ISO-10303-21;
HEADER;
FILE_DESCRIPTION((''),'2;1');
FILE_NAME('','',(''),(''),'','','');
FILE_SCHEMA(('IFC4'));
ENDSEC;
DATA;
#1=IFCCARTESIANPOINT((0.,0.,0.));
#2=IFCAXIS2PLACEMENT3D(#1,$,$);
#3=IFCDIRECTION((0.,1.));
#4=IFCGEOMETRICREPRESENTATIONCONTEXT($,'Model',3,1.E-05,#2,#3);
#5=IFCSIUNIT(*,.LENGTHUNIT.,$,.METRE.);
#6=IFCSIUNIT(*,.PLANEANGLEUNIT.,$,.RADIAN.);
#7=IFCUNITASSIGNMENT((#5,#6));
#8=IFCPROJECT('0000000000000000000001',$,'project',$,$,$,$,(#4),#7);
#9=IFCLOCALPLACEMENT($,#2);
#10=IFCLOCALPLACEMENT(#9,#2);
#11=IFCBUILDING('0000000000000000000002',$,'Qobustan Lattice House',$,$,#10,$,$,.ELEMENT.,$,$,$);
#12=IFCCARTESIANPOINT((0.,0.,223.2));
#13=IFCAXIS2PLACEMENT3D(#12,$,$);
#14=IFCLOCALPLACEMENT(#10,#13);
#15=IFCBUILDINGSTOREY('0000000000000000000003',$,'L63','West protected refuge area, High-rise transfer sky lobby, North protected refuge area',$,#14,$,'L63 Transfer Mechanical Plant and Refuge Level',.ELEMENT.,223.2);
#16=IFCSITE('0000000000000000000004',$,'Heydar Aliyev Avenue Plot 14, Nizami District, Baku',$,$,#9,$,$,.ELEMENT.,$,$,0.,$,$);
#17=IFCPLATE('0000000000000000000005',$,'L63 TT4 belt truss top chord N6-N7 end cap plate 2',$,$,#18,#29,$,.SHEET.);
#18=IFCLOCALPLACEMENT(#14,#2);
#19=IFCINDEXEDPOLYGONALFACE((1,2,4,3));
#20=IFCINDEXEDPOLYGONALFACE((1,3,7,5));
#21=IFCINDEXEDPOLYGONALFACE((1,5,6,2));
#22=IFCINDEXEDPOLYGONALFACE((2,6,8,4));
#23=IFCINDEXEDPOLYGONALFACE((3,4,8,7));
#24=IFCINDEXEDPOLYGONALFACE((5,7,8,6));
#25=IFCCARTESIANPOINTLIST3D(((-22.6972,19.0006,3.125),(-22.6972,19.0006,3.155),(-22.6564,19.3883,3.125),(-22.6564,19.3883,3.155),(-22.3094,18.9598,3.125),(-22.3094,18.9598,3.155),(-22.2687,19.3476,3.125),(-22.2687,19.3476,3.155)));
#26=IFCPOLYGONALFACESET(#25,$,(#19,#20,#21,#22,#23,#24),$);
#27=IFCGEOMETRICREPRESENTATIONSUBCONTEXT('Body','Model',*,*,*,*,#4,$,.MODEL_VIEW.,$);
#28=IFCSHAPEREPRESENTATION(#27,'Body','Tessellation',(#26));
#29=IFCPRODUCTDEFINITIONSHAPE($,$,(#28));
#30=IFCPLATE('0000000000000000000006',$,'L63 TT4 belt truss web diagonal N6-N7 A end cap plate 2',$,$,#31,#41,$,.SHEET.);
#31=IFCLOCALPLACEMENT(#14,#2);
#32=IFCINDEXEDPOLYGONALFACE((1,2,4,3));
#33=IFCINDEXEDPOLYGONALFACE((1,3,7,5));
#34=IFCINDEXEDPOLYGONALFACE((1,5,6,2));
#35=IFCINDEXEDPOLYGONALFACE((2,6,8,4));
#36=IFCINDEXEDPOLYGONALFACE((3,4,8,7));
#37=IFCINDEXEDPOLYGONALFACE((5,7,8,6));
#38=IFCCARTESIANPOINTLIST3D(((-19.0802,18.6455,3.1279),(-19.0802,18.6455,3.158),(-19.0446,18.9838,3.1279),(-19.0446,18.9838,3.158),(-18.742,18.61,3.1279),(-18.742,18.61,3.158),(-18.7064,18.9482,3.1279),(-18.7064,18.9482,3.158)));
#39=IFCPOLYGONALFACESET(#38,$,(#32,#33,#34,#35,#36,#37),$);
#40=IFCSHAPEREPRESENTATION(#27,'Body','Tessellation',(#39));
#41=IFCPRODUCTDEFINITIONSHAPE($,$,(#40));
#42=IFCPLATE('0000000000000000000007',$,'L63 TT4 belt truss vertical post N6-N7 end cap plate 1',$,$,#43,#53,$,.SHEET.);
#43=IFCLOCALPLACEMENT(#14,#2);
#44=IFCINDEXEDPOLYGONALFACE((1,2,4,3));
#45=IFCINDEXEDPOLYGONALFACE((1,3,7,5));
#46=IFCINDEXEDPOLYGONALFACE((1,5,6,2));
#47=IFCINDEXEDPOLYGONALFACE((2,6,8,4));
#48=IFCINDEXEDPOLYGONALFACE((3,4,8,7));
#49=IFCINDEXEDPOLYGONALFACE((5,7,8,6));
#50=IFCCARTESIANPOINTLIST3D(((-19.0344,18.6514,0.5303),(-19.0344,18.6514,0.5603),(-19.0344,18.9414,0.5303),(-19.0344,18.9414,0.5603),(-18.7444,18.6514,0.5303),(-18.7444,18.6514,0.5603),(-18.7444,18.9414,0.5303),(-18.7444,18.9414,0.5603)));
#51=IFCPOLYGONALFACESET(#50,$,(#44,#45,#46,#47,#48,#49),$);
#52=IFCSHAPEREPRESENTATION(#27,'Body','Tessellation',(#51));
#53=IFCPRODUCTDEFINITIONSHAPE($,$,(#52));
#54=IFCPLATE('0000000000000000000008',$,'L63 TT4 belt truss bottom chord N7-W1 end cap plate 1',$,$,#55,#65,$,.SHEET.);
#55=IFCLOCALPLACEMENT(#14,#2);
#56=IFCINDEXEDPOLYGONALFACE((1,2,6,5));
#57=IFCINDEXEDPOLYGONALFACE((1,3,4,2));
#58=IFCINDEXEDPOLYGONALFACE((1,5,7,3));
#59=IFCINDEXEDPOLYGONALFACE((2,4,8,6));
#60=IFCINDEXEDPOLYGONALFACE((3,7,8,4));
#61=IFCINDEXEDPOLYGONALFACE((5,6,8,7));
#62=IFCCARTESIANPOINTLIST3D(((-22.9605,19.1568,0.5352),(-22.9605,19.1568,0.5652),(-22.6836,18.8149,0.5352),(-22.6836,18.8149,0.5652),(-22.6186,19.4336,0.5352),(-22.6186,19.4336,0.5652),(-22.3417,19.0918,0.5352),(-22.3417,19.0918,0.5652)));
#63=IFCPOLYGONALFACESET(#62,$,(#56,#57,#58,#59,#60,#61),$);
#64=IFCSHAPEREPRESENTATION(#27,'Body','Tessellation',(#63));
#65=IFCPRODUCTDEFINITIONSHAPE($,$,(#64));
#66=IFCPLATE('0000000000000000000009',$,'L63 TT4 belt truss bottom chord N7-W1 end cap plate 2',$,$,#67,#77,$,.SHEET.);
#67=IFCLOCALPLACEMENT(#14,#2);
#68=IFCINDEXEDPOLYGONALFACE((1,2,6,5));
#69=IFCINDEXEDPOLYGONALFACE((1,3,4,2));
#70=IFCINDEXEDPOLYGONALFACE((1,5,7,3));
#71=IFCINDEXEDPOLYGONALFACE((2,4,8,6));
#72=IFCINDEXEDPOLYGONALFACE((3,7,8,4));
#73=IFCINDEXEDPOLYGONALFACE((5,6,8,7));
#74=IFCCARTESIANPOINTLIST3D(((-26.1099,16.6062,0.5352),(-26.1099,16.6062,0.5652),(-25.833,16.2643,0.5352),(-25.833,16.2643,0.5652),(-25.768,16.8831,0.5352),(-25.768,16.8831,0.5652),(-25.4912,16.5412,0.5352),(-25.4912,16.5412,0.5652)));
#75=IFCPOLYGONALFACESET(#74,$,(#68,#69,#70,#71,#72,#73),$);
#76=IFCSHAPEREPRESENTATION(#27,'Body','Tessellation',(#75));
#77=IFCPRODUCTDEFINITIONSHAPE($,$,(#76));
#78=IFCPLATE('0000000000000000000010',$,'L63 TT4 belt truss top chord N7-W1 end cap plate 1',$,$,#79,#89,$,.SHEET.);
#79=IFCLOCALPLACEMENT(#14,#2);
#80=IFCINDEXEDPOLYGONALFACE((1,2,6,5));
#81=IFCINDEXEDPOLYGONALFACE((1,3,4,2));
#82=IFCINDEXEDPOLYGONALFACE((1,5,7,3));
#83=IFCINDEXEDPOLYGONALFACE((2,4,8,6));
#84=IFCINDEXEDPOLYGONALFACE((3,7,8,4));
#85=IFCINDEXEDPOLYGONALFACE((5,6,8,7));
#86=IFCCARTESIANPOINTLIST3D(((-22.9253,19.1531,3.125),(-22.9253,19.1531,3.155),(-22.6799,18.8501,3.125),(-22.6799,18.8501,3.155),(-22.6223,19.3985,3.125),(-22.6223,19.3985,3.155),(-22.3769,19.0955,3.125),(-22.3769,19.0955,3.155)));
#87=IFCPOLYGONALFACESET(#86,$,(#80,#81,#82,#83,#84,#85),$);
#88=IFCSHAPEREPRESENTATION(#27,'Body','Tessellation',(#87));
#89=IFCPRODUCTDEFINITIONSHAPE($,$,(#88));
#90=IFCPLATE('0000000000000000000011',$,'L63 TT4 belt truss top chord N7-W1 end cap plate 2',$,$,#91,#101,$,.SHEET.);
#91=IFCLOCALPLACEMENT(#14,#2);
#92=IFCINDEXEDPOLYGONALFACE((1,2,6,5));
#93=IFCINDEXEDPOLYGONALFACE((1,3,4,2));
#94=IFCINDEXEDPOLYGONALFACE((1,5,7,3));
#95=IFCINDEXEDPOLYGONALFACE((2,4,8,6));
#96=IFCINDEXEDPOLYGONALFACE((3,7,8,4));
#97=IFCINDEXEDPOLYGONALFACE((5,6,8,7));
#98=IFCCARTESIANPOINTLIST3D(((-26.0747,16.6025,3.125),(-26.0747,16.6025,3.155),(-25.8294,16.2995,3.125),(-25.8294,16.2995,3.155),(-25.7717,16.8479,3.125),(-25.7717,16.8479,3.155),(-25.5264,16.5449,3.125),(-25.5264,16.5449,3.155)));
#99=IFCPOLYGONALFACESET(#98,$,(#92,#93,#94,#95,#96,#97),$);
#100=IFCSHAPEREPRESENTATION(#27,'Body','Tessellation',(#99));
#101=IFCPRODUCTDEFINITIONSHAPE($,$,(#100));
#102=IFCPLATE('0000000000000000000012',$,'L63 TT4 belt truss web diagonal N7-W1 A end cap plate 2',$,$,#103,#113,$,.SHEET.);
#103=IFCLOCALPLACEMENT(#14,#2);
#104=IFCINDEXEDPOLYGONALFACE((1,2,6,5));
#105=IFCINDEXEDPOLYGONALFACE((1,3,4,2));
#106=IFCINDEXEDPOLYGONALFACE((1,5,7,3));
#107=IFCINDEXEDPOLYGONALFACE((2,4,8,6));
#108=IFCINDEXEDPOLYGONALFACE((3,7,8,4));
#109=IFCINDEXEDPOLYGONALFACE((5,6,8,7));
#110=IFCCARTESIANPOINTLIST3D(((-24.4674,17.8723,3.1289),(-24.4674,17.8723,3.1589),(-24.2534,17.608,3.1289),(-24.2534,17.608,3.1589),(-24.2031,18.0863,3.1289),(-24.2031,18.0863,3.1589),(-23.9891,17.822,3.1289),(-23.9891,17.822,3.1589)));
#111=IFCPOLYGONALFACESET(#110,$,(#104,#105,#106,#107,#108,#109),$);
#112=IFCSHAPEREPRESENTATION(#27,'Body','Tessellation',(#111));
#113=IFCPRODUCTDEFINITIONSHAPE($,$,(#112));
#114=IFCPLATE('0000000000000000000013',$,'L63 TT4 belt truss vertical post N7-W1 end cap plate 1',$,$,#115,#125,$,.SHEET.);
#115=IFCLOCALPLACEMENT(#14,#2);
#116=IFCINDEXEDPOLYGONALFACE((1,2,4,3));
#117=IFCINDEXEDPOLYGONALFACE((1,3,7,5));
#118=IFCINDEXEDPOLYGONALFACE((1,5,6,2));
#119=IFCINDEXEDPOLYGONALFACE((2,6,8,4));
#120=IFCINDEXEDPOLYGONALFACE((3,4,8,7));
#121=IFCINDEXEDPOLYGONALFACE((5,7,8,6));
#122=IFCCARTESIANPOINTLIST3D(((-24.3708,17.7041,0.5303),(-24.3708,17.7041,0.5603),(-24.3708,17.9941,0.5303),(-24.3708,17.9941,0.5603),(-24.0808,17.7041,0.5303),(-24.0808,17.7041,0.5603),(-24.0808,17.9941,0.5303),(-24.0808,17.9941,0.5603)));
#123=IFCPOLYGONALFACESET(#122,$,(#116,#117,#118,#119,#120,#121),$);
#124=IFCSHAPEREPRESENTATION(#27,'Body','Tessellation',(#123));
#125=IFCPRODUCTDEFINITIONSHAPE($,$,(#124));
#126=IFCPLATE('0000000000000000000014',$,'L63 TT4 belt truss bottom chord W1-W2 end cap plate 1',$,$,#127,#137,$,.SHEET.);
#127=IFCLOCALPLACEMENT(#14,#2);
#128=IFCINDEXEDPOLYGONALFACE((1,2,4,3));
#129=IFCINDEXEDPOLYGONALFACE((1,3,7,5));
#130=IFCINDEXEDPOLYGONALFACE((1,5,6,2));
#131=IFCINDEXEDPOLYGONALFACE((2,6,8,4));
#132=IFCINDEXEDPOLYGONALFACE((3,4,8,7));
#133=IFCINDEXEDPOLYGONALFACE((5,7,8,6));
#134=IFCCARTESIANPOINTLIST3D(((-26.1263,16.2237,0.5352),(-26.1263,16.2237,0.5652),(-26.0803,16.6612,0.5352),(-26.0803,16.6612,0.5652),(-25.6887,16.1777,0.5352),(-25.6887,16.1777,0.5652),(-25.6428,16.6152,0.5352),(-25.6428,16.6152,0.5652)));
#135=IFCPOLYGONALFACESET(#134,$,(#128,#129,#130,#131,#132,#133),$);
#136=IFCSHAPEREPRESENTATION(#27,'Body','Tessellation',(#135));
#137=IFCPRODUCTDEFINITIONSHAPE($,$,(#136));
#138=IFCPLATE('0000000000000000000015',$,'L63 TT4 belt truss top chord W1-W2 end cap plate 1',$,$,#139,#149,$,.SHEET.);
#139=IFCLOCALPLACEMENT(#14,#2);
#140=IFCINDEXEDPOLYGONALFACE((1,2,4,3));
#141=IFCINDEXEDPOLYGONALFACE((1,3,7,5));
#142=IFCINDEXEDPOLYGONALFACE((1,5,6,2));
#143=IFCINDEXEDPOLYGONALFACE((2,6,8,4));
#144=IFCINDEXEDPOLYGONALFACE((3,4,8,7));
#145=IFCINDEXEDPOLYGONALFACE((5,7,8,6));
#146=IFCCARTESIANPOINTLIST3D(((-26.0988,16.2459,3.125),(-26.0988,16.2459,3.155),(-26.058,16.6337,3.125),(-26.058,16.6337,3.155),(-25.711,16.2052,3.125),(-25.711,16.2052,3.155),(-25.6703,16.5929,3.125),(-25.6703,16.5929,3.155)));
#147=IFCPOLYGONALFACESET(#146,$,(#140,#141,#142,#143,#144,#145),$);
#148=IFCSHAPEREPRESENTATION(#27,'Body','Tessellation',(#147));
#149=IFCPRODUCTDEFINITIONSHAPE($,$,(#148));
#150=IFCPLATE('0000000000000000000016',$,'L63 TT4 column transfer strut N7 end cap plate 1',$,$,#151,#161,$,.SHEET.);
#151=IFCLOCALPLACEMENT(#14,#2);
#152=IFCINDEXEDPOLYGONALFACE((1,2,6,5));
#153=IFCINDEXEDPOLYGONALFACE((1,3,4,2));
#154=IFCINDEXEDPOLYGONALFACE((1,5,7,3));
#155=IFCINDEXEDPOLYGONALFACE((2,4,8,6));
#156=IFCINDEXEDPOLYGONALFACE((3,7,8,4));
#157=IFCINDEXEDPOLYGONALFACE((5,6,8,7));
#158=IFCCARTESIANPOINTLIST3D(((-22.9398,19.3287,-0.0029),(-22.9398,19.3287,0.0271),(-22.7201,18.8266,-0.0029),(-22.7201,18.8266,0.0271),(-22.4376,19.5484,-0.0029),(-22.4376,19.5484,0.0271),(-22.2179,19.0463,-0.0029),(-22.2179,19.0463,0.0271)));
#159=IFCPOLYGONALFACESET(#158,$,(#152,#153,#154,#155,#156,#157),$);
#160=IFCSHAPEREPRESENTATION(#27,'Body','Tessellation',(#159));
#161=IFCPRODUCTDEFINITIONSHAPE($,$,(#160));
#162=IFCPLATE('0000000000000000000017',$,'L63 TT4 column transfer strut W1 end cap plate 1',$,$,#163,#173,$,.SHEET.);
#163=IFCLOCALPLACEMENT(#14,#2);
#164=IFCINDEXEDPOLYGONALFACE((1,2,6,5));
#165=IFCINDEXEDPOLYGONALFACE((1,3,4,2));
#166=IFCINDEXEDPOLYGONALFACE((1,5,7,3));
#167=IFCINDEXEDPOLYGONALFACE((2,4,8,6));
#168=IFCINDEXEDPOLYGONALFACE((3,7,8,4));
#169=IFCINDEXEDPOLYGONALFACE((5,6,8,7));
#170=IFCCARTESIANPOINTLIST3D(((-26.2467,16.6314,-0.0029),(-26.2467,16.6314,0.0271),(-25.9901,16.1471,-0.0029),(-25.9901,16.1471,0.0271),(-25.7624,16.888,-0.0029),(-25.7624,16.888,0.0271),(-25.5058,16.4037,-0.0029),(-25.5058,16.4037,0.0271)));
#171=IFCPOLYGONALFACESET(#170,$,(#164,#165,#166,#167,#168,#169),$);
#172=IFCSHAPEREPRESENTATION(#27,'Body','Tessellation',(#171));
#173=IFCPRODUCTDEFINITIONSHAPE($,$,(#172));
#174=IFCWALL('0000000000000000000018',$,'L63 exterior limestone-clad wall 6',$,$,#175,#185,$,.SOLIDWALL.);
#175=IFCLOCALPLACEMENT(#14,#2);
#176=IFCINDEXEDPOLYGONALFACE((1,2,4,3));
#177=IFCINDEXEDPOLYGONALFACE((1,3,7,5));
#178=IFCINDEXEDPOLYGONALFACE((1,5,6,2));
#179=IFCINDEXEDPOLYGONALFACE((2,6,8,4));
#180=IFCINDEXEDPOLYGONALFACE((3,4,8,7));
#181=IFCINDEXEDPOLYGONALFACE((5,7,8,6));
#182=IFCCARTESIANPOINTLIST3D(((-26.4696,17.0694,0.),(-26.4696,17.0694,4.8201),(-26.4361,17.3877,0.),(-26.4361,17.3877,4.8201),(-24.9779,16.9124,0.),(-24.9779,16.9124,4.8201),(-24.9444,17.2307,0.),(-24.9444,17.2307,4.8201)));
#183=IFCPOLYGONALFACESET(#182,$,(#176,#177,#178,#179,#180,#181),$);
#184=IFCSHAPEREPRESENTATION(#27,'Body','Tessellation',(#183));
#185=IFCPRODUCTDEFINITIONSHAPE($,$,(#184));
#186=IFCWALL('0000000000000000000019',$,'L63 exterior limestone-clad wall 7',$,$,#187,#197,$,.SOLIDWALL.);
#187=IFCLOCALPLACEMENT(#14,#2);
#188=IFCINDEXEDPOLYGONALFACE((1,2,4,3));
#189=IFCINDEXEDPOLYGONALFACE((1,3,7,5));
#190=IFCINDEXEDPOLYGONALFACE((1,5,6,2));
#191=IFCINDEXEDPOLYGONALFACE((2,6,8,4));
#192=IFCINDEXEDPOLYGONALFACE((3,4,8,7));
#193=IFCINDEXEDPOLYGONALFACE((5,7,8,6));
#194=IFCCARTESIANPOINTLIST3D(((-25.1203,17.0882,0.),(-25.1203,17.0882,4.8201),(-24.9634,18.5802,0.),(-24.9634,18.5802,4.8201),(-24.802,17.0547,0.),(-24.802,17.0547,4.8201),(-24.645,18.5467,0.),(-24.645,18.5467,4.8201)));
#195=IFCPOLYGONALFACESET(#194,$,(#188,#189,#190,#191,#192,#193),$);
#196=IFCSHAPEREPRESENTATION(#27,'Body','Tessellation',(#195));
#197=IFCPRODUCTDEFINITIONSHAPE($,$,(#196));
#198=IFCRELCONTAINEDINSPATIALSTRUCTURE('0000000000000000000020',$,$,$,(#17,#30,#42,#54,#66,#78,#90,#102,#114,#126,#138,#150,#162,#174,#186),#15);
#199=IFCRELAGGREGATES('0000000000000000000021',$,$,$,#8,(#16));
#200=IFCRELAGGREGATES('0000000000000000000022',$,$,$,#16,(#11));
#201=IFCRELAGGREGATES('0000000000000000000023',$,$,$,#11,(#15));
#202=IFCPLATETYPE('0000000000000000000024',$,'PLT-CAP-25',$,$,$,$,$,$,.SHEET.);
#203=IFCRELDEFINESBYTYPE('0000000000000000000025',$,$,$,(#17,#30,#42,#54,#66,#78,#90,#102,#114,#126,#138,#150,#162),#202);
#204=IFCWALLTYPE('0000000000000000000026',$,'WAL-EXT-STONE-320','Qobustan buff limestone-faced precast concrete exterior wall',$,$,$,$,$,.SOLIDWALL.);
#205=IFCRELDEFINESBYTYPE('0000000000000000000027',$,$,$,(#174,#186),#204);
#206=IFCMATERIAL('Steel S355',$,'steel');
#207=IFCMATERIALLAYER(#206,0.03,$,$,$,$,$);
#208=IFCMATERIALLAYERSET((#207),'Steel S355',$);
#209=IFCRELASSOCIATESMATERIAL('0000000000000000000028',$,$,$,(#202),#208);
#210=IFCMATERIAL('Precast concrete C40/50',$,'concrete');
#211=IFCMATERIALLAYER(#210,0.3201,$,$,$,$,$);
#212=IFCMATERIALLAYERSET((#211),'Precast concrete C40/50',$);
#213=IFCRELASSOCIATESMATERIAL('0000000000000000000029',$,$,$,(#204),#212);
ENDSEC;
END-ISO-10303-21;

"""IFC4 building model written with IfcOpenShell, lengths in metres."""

from ifc_helpers import new_model, si_unit, direction, frame, frame_2d, origin, origin_2d, place, context, subcontext, project, spatial, rectangle, extrude, material, layer, layer_set, type_object, element, save


model = new_model("IFC4")

# Units and contexts
model_context = context("Model", 3, precision=1e-05, world=origin(), true_north=direction((0.0, 1.0)))
body_context = subcontext(model_context, "Body", "Model", "MODEL_VIEW")
ifc_project = project(units=[si_unit("LENGTHUNIT", "METRE"), si_unit("PLANEANGLEUNIT", "RADIAN")], contexts=[model_context])

# Site, building, storey
site_placement = place(None, origin())
site = spatial("IfcSite", under=ifc_project, at=site_placement, Name="Heydar Aliyev Avenue Plot 14, Nizami District, Baku", CompositionType="ELEMENT", RefElevation=0.0)
building_placement = place(site_placement, origin())
building = spatial("IfcBuilding", under=site, at=building_placement, Name="Qobustan Lattice House", CompositionType="ELEMENT")
storey_placement = place(building_placement, frame((0.0, 0.0, 223.2)))
storey = spatial("IfcBuildingStorey", under=building, at=storey_placement, Name="L63", Description="West protected refuge area, High-rise transfer sky lobby, North protected refuge area", LongName="L63 Transfer Mechanical Plant and Refuge Level", CompositionType="ELEMENT", Elevation=223.2)

# Plates
ifc_material_1 = material(Name="Steel S355", Category="steel")
ifc_layer_1 = layer(ifc_material_1, 0.03)
ifc_layer_set_1 = layer_set([ifc_layer_1], Name="Steel S355")
plate_type = type_object("IfcPlateType", Name="PLT-CAP-25", PredefinedType="SHEET", material=ifc_layer_set_1)
plate_1_placement = place(storey_placement, frame((-22.4829, 19.1741, 3.125), z_axis=(0.0, 0.0, 1.0), x_axis=(-0.994522, 0.104528, 0.0)))
element("IfcPlate", 1, at=plate_1_placement, inside=storey, type_object=plate_type, Name="L63 TT4 belt truss top chord N6-N7 end cap plate 2", PredefinedType="SHEET", context=body_context, shape_type="SweptSolid", body=[
    extrude(rectangle(XDim=0.3899, YDim=0.3899, at=origin_2d()), origin(), (0.0, 0.0, 1.0), 0.03),
])
plate_2_placement = place(storey_placement, frame((-18.8933, 18.7969, 3.1279), z_axis=(0.0, 0.0, 1.0), x_axis=(-0.994522, 0.104528, 0.0)))
element("IfcPlate", 2, at=plate_2_placement, inside=storey, type_object=plate_type, Name="L63 TT4 belt truss web diagonal N6-N7 A end cap plate 2", PredefinedType="SHEET", context=body_context, shape_type="SweptSolid", body=[
    extrude(rectangle(XDim=0.3401, YDim=0.3401, at=origin_2d()), origin(), (0.0, 0.0, 1.0), 0.03),
])
plate_3_placement = place(storey_placement, frame((-18.8894, 18.7964, 0.5303), z_axis=(0.0, 0.0, 1.0), x_axis=(1.0, 0.0, 0.0)))
element("IfcPlate", 3, at=plate_3_placement, inside=storey, type_object=plate_type, Name="L63 TT4 belt truss vertical post N6-N7 end cap plate 1", PredefinedType="SHEET", context=body_context, shape_type="SweptSolid", body=[
    extrude(rectangle(XDim=0.29, YDim=0.29, at=origin_2d()), origin(), (0.0, 0.0, 1.0), 0.03),
])
for number, where, z_axis, x_axis, name in (
    (4, (-22.6511, 19.1243, 0.5352), (0.0, 0.0, 1.0), (-0.777135, -0.629334, 0.0), "L63 TT4 belt truss bottom chord N7-W1 end cap plate 1"),
    (5, (-25.8005, 16.5737, 0.5352), (0.0, 0.0, 1.0), (-0.777135, -0.629334, 0.0), "L63 TT4 belt truss bottom chord N7-W1 end cap plate 2"),
):
    element("IfcPlate", number, at=place(storey_placement, frame(where, z_axis=z_axis, x_axis=x_axis)), inside=storey, type_object=plate_type, Name=name, PredefinedType="SHEET", context=body_context, shape_type="SweptSolid", body=[
        extrude(rectangle(XDim=0.4399, YDim=0.4399, at=origin_2d()), origin(), (0.0, 0.0, 1.0), 0.03),
    ])
for number, where, z_axis, x_axis, name in (
    (6, (-22.6511, 19.1243, 3.125), (0.0, 0.0, 1.0), (-0.777135, -0.629334, 0.0), "L63 TT4 belt truss top chord N7-W1 end cap plate 1"),
    (7, (-25.8005, 16.5737, 3.125), (0.0, 0.0, 1.0), (-0.777135, -0.629334, 0.0), "L63 TT4 belt truss top chord N7-W1 end cap plate 2"),
):
    element("IfcPlate", number, at=place(storey_placement, frame(where, z_axis=z_axis, x_axis=x_axis)), inside=storey, type_object=plate_type, Name=name, PredefinedType="SHEET", context=body_context, shape_type="SweptSolid", body=[
        extrude(rectangle(XDim=0.3899, YDim=0.3899, at=origin_2d()), origin(), (0.0, 0.0, 1.0), 0.03),
    ])
plate_4_placement = place(storey_placement, frame((-24.2283, 17.8472, 3.1289), z_axis=(0.0, 0.0, 1.0), x_axis=(-0.777146, -0.62932, 0.0)))
element("IfcPlate", 8, at=plate_4_placement, inside=storey, type_object=plate_type, Name="L63 TT4 belt truss web diagonal N7-W1 A end cap plate 2", PredefinedType="SHEET", context=body_context, shape_type="SweptSolid", body=[
    extrude(rectangle(XDim=0.3401, YDim=0.3401, at=origin_2d()), origin(), (0.0, 0.0, 1.0), 0.03),
])
plate_5_placement = place(storey_placement, frame((-24.2258, 17.8491, 0.5303), z_axis=(0.0, 0.0, 1.0), x_axis=(1.0, 0.0, 0.0)))
element("IfcPlate", 9, at=plate_5_placement, inside=storey, type_object=plate_type, Name="L63 TT4 belt truss vertical post N7-W1 end cap plate 1", PredefinedType="SHEET", context=body_context, shape_type="SweptSolid", body=[
    extrude(rectangle(XDim=0.29, YDim=0.29, at=origin_2d()), origin(), (0.0, 0.0, 1.0), 0.03),
])
plate_6_placement = place(storey_placement, frame((-25.8845, 16.4194, 0.5352), z_axis=(0.0, 0.0, 1.0), x_axis=(-0.104528, -0.994522, 0.0)))
element("IfcPlate", 10, at=plate_6_placement, inside=storey, type_object=plate_type, Name="L63 TT4 belt truss bottom chord W1-W2 end cap plate 1", PredefinedType="SHEET", context=body_context, shape_type="SweptSolid", body=[
    extrude(rectangle(XDim=0.4399, YDim=0.4399, at=origin_2d()), origin(), (0.0, 0.0, 1.0), 0.03),
])
plate_7_placement = place(storey_placement, frame((-25.8845, 16.4194, 3.125), z_axis=(0.0, 0.0, 1.0), x_axis=(-0.104528, -0.994522, 0.0)))
element("IfcPlate", 11, at=plate_7_placement, inside=storey, type_object=plate_type, Name="L63 TT4 belt truss top chord W1-W2 end cap plate 1", PredefinedType="SHEET", context=body_context, shape_type="SweptSolid", body=[
    extrude(rectangle(XDim=0.3899, YDim=0.3899, at=origin_2d()), origin(), (0.0, 0.0, 1.0), 0.03),
])
for number, where, z_axis, x_axis, name in (
    (12, (-22.5789, 19.1875, -0.0029), (0.0, 0.0, 1.0), (0.400813, -0.91616, 0.0), "L63 TT4 column transfer strut N7 end cap plate 1"),
    (13, (-25.8762, 16.5176, -0.0029), (0.0, 0.0, 1.0), (0.468223, -0.88361, 0.0), "L63 TT4 column transfer strut W1 end cap plate 1"),
):
    element("IfcPlate", number, at=place(storey_placement, frame(where, z_axis=z_axis, x_axis=x_axis)), inside=storey, type_object=plate_type, Name=name, PredefinedType="SHEET", context=body_context, shape_type="SweptSolid", body=[
        extrude(rectangle(XDim=0.5481, YDim=0.5481, at=origin_2d()), origin(), (0.0, 0.0, 1.0), 0.03),
    ])

# Walls
ifc_material_2 = material(Name="Precast concrete C40/50", Category="concrete")
ifc_layer_2 = layer(ifc_material_2, 0.3201)
ifc_layer_set_2 = layer_set([ifc_layer_2], Name="Precast concrete C40/50")
wall_type_1 = type_object("IfcWallType", Name="WAL-EXT-STONE-320", Description="Qobustan buff limestone-faced precast concrete exterior wall", PredefinedType="SOLIDWALL", material=ifc_layer_set_2)
wall_1_placement = place(storey_placement, frame((-26.4529, 17.2285, 0.0), z_axis=(0.0, 0.0, 1.0), x_axis=(0.994508, -0.104659, 0.0)))
element("IfcWall", 14, at=wall_1_placement, inside=storey, type_object=wall_type_1, Name="L63 exterior limestone-clad wall 6", PredefinedType="SOLIDWALL", context=body_context, shape_type="SweptSolid", body=[
    extrude(rectangle(XDim=1.5, YDim=0.3201, at=frame_2d((0.75, 0.0))), origin(), (0.0, 0.0, 1.0), 4.8201),
])
wall_2_placement = place(storey_placement, frame((-24.9612, 17.0715, 0.0), z_axis=(0.0, 0.0, 1.0), x_axis=(0.104642, 0.99451, 0.0)))
element("IfcWall", 15, at=wall_2_placement, inside=storey, type_object=wall_type_1, Name="L63 exterior limestone-clad wall 7", PredefinedType="SOLIDWALL", context=body_context, shape_type="SweptSolid", body=[
    extrude(rectangle(XDim=1.5002, YDim=0.3201, at=frame_2d((0.75, 0.0))), origin(), (0.0, 0.0, 1.0), 4.8201),
])

save(model, "model.ifc")
